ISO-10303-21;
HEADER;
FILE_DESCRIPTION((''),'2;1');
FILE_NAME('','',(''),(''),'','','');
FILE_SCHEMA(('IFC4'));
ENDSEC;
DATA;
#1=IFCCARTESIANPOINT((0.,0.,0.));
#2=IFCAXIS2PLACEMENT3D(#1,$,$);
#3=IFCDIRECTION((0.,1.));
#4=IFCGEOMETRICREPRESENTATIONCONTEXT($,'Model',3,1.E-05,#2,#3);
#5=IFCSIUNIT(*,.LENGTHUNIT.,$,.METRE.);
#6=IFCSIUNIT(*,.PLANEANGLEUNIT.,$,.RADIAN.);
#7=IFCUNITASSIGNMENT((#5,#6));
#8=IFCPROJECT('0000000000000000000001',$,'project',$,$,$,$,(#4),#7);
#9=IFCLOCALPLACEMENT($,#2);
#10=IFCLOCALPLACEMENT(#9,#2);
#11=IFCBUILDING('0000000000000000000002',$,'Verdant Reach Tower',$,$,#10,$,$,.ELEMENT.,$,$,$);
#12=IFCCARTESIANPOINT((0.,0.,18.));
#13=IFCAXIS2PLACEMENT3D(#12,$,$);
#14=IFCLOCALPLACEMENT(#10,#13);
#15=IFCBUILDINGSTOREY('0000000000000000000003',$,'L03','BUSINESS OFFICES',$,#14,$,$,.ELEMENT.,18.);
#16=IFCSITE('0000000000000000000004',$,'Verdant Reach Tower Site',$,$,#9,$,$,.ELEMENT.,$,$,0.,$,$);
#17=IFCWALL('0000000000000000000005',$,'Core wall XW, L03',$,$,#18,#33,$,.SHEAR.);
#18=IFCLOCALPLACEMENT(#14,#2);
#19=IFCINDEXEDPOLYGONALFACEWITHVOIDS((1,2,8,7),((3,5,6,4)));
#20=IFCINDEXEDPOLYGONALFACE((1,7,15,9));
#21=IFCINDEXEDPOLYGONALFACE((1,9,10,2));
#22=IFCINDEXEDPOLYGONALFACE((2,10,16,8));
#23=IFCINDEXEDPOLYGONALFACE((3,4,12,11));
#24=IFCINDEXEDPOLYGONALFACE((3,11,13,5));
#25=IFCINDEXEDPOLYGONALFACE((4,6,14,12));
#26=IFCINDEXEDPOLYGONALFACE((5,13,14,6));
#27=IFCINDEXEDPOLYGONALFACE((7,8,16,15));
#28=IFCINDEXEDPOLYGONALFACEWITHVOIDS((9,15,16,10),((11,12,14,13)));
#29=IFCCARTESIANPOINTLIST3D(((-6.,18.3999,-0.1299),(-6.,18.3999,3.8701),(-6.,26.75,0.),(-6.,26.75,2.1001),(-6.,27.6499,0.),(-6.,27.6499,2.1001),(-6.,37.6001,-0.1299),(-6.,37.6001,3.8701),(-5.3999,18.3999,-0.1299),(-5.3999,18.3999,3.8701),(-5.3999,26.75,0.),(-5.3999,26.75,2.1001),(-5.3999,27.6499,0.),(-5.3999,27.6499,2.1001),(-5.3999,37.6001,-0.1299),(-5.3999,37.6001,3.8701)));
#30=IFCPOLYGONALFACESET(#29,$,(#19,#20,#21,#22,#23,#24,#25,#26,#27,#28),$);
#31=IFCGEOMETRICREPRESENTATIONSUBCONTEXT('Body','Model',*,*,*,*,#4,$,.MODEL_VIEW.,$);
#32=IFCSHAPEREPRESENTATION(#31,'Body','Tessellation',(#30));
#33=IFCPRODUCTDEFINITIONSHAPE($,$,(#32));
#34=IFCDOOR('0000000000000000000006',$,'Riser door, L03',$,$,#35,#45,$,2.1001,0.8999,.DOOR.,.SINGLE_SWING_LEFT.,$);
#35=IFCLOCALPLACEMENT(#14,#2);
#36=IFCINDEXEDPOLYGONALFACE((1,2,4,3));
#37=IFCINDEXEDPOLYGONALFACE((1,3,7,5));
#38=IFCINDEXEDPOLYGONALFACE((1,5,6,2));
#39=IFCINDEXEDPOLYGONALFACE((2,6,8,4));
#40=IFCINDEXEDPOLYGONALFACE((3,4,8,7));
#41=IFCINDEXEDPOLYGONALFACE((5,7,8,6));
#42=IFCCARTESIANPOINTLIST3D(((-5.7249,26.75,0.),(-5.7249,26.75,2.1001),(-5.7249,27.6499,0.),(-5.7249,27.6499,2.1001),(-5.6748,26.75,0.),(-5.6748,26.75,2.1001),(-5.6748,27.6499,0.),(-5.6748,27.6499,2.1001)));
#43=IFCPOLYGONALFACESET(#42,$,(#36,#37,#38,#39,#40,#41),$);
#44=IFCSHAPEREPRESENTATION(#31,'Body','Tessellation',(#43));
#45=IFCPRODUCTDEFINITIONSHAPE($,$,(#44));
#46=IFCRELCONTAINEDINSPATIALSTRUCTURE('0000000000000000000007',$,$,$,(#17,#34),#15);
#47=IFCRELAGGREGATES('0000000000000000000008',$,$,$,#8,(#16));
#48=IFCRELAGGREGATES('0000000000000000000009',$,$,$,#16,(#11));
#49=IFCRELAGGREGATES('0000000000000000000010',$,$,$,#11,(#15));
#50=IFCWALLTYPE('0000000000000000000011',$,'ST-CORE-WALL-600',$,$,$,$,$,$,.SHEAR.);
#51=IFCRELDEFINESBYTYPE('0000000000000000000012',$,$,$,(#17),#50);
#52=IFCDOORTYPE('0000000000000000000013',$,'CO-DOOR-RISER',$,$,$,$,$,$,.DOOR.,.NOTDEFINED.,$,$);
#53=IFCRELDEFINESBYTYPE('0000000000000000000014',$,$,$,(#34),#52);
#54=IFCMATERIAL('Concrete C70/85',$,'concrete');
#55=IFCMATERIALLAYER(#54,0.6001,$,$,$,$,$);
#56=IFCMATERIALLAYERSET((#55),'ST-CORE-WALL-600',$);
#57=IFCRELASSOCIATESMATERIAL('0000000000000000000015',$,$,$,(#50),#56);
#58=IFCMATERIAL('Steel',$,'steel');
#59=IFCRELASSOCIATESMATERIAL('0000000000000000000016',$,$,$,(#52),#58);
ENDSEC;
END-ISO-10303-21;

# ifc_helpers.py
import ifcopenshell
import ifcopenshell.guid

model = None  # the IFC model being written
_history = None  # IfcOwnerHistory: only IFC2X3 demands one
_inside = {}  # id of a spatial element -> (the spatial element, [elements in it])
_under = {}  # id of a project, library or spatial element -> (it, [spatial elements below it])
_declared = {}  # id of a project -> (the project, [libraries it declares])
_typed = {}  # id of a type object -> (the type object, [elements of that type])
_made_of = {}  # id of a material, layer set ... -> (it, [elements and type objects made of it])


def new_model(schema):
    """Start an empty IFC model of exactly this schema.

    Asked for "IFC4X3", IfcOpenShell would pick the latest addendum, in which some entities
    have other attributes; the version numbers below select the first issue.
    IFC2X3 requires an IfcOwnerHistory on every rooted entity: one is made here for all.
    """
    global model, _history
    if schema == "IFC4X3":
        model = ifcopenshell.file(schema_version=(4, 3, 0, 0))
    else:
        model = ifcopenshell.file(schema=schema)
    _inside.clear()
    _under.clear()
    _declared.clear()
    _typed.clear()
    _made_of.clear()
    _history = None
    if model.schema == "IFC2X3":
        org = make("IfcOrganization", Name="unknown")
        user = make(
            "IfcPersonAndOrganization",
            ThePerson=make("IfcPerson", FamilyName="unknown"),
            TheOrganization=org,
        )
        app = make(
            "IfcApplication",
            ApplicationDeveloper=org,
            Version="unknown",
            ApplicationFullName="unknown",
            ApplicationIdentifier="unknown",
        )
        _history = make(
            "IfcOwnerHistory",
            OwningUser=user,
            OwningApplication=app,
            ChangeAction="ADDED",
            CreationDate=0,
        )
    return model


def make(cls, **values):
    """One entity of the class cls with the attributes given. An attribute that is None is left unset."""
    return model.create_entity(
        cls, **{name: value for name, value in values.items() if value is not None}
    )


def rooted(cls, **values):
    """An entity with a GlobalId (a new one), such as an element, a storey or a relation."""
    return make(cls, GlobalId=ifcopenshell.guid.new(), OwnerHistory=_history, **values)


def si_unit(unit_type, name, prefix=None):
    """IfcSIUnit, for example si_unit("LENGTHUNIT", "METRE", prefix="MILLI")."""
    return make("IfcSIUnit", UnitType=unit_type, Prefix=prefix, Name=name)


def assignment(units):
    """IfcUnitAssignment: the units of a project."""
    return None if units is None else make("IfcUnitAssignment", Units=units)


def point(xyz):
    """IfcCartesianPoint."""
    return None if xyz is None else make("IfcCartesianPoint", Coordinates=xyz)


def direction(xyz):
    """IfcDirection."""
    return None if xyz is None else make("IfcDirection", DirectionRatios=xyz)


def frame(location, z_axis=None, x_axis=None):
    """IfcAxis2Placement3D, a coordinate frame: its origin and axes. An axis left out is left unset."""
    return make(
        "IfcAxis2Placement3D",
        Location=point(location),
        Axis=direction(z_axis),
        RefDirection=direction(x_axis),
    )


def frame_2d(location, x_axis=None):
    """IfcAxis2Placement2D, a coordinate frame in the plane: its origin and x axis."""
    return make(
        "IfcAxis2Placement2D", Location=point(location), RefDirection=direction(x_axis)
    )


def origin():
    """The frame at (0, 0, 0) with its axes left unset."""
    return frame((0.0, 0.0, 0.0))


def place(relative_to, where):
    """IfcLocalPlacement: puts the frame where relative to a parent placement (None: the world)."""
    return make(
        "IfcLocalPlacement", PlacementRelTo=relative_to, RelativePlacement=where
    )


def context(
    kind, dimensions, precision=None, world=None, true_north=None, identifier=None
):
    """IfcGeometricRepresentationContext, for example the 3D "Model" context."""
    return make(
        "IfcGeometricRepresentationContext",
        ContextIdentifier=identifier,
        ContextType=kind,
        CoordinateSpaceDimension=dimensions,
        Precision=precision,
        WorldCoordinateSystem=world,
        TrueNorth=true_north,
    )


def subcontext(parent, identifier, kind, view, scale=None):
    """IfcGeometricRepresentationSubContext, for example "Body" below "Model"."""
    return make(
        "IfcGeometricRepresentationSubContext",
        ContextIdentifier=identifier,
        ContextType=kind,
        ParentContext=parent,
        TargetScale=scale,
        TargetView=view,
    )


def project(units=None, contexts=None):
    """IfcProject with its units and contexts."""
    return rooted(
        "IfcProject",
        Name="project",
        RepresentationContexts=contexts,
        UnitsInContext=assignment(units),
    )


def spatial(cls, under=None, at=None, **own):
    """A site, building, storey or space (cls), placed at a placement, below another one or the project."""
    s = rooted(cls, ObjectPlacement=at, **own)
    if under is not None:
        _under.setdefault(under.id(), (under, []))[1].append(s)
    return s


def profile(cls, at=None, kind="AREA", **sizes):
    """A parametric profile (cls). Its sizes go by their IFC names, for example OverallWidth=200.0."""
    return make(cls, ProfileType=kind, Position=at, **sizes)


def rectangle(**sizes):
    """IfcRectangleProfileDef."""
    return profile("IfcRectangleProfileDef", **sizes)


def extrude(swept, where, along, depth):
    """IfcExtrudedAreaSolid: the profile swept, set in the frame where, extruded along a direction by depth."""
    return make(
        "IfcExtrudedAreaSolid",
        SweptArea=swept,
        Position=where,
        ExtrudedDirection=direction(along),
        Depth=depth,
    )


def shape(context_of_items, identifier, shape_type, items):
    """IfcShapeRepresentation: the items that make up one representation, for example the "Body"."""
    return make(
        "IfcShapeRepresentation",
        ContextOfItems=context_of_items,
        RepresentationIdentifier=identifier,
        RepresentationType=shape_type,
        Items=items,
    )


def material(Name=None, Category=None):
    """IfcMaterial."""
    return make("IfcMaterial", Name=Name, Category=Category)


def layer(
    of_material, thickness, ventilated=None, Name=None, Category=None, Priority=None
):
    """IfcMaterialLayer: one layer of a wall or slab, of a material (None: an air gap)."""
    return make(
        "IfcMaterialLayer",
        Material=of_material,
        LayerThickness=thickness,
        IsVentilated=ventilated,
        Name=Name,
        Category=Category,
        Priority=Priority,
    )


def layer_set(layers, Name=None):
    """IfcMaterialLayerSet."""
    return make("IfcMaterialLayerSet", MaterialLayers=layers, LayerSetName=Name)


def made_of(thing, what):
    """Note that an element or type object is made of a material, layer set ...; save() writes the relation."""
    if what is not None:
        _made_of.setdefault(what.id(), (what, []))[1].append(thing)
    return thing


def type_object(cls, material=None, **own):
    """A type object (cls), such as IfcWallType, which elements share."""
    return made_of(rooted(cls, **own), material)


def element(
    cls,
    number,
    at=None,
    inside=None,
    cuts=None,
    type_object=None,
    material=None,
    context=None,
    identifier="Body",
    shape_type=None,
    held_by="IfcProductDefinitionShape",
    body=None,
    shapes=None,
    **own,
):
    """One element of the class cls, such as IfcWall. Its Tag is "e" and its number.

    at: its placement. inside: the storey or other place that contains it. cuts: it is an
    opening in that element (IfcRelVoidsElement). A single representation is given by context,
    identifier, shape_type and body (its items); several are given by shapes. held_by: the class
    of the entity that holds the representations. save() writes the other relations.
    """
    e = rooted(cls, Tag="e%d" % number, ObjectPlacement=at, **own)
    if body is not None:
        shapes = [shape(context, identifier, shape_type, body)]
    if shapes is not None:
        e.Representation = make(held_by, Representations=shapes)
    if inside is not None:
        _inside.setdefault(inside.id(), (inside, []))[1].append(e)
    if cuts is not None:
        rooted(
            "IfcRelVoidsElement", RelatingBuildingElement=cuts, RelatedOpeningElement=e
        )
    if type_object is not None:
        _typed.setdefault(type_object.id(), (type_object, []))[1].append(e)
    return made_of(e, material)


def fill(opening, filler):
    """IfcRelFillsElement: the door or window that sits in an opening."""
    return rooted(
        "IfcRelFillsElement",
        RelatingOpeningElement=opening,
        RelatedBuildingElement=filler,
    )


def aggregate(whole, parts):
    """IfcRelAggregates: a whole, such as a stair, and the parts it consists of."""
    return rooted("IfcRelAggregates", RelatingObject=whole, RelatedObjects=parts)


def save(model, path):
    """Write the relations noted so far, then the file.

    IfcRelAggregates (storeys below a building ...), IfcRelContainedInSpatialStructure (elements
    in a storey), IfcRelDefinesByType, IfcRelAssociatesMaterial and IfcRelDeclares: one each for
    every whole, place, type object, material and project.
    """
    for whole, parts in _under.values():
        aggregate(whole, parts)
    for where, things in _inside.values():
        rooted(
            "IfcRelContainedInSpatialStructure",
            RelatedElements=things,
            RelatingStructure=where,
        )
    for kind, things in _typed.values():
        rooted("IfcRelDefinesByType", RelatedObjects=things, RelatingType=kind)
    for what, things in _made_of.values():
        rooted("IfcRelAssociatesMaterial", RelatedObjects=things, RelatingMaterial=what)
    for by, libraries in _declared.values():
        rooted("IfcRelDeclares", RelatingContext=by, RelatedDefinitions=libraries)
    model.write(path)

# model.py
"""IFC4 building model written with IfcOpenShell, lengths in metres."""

from ifc_helpers import new_model, si_unit, direction, frame, frame_2d, origin, place, context, subcontext, project, spatial, rectangle, extrude, material, layer, layer_set, type_object, element, fill, save


model = new_model("IFC4")

# Units and contexts
model_context = context("Model", 3, precision=1e-05, world=origin(), true_north=direction((0.0, 1.0)))
body_context = subcontext(model_context, "Body", "Model", "MODEL_VIEW")
ifc_project = project(units=[si_unit("LENGTHUNIT", "METRE"), si_unit("PLANEANGLEUNIT", "RADIAN")], contexts=[model_context])

# Site, building, storey
site_placement = place(None, origin())
site = spatial("IfcSite", under=ifc_project, at=site_placement, Name="Verdant Reach Tower Site", CompositionType="ELEMENT", RefElevation=0.0)
building_placement = place(site_placement, origin())
building = spatial("IfcBuilding", under=site, at=building_placement, Name="Verdant Reach Tower", CompositionType="ELEMENT")
storey_placement = place(building_placement, frame((0.0, 0.0, 18.0)))
storey = spatial("IfcBuildingStorey", under=building, at=storey_placement, Name="L03", Description="BUSINESS OFFICES", CompositionType="ELEMENT", Elevation=18.0)

# Shared definitions
ifc_material_1 = material(Name="Concrete C70/85", Category="concrete")

# Shared definitions
ifc_material_2 = material(Name="Steel", Category="steel")

# Wall, opening, door
ifc_layer_1 = layer(ifc_material_1, 0.6001)
ifc_layer_set_1 = layer_set([ifc_layer_1], Name="ST-CORE-WALL-600")
wall_type_1 = type_object("IfcWallType", Name="ST-CORE-WALL-600", PredefinedType="SHEAR", material=ifc_layer_set_1)
wall_1_placement = place(storey_placement, frame((-5.7, 18.3999, -0.1299), z_axis=(0.0, 0.0, 1.0), x_axis=(0.0, 1.0, 0.0)))
wall_1 = element("IfcWall", 1, at=wall_1_placement, inside=storey, type_object=wall_type_1, Name="Core wall XW, L03", PredefinedType="SHEAR", context=body_context, shape_type="SweptSolid", body=[
    extrude(rectangle(XDim=19.2002, YDim=0.6001, at=frame_2d((9.6001, 0.0))), origin(), (0.0, 0.0, 1.0), 4.0),
])
opening_1_placement = place(wall_1_placement, frame((8.3501, 0.0, 0.1299)))
opening_1 = element("IfcOpeningElement", 2, at=opening_1_placement, cuts=wall_1, PredefinedType="OPENING", context=body_context, shape_type="SweptSolid", body=[
    extrude(rectangle(XDim=0.8999, YDim=2.1001, at=frame_2d((0.45, 1.05))), frame((0.0, 0.3101, 0.0), z_axis=(0.0, -1.0, 0.0), x_axis=(1.0, 0.0, 0.0)), (0.0, 0.0, 1.0), 0.6201),
])
door_type_1 = type_object("IfcDoorType", Name="CO-DOOR-RISER", OperationType="NOTDEFINED", PredefinedType="DOOR", material=ifc_material_2)
door_1_placement = place(opening_1_placement, origin())
door_1 = element("IfcDoor", 3, at=door_1_placement, inside=storey, type_object=door_type_1, Name="Riser door, L03", OperationType="SINGLE_SWING_LEFT", OverallHeight=2.1001, OverallWidth=0.8999, PredefinedType="DOOR", context=body_context, shape_type="SweptSolid", body=[
    extrude(rectangle(XDim=0.8999, YDim=2.1001, at=frame_2d((0.45, 1.05))), frame((0.0, 0.0249, 0.0), z_axis=(0.0, -1.0, 0.0), x_axis=(1.0, 0.0, 0.0)), (0.0, 0.0, 1.0), 0.05),
])
fill(opening_1, door_1)

save(model, "model.ifc")
